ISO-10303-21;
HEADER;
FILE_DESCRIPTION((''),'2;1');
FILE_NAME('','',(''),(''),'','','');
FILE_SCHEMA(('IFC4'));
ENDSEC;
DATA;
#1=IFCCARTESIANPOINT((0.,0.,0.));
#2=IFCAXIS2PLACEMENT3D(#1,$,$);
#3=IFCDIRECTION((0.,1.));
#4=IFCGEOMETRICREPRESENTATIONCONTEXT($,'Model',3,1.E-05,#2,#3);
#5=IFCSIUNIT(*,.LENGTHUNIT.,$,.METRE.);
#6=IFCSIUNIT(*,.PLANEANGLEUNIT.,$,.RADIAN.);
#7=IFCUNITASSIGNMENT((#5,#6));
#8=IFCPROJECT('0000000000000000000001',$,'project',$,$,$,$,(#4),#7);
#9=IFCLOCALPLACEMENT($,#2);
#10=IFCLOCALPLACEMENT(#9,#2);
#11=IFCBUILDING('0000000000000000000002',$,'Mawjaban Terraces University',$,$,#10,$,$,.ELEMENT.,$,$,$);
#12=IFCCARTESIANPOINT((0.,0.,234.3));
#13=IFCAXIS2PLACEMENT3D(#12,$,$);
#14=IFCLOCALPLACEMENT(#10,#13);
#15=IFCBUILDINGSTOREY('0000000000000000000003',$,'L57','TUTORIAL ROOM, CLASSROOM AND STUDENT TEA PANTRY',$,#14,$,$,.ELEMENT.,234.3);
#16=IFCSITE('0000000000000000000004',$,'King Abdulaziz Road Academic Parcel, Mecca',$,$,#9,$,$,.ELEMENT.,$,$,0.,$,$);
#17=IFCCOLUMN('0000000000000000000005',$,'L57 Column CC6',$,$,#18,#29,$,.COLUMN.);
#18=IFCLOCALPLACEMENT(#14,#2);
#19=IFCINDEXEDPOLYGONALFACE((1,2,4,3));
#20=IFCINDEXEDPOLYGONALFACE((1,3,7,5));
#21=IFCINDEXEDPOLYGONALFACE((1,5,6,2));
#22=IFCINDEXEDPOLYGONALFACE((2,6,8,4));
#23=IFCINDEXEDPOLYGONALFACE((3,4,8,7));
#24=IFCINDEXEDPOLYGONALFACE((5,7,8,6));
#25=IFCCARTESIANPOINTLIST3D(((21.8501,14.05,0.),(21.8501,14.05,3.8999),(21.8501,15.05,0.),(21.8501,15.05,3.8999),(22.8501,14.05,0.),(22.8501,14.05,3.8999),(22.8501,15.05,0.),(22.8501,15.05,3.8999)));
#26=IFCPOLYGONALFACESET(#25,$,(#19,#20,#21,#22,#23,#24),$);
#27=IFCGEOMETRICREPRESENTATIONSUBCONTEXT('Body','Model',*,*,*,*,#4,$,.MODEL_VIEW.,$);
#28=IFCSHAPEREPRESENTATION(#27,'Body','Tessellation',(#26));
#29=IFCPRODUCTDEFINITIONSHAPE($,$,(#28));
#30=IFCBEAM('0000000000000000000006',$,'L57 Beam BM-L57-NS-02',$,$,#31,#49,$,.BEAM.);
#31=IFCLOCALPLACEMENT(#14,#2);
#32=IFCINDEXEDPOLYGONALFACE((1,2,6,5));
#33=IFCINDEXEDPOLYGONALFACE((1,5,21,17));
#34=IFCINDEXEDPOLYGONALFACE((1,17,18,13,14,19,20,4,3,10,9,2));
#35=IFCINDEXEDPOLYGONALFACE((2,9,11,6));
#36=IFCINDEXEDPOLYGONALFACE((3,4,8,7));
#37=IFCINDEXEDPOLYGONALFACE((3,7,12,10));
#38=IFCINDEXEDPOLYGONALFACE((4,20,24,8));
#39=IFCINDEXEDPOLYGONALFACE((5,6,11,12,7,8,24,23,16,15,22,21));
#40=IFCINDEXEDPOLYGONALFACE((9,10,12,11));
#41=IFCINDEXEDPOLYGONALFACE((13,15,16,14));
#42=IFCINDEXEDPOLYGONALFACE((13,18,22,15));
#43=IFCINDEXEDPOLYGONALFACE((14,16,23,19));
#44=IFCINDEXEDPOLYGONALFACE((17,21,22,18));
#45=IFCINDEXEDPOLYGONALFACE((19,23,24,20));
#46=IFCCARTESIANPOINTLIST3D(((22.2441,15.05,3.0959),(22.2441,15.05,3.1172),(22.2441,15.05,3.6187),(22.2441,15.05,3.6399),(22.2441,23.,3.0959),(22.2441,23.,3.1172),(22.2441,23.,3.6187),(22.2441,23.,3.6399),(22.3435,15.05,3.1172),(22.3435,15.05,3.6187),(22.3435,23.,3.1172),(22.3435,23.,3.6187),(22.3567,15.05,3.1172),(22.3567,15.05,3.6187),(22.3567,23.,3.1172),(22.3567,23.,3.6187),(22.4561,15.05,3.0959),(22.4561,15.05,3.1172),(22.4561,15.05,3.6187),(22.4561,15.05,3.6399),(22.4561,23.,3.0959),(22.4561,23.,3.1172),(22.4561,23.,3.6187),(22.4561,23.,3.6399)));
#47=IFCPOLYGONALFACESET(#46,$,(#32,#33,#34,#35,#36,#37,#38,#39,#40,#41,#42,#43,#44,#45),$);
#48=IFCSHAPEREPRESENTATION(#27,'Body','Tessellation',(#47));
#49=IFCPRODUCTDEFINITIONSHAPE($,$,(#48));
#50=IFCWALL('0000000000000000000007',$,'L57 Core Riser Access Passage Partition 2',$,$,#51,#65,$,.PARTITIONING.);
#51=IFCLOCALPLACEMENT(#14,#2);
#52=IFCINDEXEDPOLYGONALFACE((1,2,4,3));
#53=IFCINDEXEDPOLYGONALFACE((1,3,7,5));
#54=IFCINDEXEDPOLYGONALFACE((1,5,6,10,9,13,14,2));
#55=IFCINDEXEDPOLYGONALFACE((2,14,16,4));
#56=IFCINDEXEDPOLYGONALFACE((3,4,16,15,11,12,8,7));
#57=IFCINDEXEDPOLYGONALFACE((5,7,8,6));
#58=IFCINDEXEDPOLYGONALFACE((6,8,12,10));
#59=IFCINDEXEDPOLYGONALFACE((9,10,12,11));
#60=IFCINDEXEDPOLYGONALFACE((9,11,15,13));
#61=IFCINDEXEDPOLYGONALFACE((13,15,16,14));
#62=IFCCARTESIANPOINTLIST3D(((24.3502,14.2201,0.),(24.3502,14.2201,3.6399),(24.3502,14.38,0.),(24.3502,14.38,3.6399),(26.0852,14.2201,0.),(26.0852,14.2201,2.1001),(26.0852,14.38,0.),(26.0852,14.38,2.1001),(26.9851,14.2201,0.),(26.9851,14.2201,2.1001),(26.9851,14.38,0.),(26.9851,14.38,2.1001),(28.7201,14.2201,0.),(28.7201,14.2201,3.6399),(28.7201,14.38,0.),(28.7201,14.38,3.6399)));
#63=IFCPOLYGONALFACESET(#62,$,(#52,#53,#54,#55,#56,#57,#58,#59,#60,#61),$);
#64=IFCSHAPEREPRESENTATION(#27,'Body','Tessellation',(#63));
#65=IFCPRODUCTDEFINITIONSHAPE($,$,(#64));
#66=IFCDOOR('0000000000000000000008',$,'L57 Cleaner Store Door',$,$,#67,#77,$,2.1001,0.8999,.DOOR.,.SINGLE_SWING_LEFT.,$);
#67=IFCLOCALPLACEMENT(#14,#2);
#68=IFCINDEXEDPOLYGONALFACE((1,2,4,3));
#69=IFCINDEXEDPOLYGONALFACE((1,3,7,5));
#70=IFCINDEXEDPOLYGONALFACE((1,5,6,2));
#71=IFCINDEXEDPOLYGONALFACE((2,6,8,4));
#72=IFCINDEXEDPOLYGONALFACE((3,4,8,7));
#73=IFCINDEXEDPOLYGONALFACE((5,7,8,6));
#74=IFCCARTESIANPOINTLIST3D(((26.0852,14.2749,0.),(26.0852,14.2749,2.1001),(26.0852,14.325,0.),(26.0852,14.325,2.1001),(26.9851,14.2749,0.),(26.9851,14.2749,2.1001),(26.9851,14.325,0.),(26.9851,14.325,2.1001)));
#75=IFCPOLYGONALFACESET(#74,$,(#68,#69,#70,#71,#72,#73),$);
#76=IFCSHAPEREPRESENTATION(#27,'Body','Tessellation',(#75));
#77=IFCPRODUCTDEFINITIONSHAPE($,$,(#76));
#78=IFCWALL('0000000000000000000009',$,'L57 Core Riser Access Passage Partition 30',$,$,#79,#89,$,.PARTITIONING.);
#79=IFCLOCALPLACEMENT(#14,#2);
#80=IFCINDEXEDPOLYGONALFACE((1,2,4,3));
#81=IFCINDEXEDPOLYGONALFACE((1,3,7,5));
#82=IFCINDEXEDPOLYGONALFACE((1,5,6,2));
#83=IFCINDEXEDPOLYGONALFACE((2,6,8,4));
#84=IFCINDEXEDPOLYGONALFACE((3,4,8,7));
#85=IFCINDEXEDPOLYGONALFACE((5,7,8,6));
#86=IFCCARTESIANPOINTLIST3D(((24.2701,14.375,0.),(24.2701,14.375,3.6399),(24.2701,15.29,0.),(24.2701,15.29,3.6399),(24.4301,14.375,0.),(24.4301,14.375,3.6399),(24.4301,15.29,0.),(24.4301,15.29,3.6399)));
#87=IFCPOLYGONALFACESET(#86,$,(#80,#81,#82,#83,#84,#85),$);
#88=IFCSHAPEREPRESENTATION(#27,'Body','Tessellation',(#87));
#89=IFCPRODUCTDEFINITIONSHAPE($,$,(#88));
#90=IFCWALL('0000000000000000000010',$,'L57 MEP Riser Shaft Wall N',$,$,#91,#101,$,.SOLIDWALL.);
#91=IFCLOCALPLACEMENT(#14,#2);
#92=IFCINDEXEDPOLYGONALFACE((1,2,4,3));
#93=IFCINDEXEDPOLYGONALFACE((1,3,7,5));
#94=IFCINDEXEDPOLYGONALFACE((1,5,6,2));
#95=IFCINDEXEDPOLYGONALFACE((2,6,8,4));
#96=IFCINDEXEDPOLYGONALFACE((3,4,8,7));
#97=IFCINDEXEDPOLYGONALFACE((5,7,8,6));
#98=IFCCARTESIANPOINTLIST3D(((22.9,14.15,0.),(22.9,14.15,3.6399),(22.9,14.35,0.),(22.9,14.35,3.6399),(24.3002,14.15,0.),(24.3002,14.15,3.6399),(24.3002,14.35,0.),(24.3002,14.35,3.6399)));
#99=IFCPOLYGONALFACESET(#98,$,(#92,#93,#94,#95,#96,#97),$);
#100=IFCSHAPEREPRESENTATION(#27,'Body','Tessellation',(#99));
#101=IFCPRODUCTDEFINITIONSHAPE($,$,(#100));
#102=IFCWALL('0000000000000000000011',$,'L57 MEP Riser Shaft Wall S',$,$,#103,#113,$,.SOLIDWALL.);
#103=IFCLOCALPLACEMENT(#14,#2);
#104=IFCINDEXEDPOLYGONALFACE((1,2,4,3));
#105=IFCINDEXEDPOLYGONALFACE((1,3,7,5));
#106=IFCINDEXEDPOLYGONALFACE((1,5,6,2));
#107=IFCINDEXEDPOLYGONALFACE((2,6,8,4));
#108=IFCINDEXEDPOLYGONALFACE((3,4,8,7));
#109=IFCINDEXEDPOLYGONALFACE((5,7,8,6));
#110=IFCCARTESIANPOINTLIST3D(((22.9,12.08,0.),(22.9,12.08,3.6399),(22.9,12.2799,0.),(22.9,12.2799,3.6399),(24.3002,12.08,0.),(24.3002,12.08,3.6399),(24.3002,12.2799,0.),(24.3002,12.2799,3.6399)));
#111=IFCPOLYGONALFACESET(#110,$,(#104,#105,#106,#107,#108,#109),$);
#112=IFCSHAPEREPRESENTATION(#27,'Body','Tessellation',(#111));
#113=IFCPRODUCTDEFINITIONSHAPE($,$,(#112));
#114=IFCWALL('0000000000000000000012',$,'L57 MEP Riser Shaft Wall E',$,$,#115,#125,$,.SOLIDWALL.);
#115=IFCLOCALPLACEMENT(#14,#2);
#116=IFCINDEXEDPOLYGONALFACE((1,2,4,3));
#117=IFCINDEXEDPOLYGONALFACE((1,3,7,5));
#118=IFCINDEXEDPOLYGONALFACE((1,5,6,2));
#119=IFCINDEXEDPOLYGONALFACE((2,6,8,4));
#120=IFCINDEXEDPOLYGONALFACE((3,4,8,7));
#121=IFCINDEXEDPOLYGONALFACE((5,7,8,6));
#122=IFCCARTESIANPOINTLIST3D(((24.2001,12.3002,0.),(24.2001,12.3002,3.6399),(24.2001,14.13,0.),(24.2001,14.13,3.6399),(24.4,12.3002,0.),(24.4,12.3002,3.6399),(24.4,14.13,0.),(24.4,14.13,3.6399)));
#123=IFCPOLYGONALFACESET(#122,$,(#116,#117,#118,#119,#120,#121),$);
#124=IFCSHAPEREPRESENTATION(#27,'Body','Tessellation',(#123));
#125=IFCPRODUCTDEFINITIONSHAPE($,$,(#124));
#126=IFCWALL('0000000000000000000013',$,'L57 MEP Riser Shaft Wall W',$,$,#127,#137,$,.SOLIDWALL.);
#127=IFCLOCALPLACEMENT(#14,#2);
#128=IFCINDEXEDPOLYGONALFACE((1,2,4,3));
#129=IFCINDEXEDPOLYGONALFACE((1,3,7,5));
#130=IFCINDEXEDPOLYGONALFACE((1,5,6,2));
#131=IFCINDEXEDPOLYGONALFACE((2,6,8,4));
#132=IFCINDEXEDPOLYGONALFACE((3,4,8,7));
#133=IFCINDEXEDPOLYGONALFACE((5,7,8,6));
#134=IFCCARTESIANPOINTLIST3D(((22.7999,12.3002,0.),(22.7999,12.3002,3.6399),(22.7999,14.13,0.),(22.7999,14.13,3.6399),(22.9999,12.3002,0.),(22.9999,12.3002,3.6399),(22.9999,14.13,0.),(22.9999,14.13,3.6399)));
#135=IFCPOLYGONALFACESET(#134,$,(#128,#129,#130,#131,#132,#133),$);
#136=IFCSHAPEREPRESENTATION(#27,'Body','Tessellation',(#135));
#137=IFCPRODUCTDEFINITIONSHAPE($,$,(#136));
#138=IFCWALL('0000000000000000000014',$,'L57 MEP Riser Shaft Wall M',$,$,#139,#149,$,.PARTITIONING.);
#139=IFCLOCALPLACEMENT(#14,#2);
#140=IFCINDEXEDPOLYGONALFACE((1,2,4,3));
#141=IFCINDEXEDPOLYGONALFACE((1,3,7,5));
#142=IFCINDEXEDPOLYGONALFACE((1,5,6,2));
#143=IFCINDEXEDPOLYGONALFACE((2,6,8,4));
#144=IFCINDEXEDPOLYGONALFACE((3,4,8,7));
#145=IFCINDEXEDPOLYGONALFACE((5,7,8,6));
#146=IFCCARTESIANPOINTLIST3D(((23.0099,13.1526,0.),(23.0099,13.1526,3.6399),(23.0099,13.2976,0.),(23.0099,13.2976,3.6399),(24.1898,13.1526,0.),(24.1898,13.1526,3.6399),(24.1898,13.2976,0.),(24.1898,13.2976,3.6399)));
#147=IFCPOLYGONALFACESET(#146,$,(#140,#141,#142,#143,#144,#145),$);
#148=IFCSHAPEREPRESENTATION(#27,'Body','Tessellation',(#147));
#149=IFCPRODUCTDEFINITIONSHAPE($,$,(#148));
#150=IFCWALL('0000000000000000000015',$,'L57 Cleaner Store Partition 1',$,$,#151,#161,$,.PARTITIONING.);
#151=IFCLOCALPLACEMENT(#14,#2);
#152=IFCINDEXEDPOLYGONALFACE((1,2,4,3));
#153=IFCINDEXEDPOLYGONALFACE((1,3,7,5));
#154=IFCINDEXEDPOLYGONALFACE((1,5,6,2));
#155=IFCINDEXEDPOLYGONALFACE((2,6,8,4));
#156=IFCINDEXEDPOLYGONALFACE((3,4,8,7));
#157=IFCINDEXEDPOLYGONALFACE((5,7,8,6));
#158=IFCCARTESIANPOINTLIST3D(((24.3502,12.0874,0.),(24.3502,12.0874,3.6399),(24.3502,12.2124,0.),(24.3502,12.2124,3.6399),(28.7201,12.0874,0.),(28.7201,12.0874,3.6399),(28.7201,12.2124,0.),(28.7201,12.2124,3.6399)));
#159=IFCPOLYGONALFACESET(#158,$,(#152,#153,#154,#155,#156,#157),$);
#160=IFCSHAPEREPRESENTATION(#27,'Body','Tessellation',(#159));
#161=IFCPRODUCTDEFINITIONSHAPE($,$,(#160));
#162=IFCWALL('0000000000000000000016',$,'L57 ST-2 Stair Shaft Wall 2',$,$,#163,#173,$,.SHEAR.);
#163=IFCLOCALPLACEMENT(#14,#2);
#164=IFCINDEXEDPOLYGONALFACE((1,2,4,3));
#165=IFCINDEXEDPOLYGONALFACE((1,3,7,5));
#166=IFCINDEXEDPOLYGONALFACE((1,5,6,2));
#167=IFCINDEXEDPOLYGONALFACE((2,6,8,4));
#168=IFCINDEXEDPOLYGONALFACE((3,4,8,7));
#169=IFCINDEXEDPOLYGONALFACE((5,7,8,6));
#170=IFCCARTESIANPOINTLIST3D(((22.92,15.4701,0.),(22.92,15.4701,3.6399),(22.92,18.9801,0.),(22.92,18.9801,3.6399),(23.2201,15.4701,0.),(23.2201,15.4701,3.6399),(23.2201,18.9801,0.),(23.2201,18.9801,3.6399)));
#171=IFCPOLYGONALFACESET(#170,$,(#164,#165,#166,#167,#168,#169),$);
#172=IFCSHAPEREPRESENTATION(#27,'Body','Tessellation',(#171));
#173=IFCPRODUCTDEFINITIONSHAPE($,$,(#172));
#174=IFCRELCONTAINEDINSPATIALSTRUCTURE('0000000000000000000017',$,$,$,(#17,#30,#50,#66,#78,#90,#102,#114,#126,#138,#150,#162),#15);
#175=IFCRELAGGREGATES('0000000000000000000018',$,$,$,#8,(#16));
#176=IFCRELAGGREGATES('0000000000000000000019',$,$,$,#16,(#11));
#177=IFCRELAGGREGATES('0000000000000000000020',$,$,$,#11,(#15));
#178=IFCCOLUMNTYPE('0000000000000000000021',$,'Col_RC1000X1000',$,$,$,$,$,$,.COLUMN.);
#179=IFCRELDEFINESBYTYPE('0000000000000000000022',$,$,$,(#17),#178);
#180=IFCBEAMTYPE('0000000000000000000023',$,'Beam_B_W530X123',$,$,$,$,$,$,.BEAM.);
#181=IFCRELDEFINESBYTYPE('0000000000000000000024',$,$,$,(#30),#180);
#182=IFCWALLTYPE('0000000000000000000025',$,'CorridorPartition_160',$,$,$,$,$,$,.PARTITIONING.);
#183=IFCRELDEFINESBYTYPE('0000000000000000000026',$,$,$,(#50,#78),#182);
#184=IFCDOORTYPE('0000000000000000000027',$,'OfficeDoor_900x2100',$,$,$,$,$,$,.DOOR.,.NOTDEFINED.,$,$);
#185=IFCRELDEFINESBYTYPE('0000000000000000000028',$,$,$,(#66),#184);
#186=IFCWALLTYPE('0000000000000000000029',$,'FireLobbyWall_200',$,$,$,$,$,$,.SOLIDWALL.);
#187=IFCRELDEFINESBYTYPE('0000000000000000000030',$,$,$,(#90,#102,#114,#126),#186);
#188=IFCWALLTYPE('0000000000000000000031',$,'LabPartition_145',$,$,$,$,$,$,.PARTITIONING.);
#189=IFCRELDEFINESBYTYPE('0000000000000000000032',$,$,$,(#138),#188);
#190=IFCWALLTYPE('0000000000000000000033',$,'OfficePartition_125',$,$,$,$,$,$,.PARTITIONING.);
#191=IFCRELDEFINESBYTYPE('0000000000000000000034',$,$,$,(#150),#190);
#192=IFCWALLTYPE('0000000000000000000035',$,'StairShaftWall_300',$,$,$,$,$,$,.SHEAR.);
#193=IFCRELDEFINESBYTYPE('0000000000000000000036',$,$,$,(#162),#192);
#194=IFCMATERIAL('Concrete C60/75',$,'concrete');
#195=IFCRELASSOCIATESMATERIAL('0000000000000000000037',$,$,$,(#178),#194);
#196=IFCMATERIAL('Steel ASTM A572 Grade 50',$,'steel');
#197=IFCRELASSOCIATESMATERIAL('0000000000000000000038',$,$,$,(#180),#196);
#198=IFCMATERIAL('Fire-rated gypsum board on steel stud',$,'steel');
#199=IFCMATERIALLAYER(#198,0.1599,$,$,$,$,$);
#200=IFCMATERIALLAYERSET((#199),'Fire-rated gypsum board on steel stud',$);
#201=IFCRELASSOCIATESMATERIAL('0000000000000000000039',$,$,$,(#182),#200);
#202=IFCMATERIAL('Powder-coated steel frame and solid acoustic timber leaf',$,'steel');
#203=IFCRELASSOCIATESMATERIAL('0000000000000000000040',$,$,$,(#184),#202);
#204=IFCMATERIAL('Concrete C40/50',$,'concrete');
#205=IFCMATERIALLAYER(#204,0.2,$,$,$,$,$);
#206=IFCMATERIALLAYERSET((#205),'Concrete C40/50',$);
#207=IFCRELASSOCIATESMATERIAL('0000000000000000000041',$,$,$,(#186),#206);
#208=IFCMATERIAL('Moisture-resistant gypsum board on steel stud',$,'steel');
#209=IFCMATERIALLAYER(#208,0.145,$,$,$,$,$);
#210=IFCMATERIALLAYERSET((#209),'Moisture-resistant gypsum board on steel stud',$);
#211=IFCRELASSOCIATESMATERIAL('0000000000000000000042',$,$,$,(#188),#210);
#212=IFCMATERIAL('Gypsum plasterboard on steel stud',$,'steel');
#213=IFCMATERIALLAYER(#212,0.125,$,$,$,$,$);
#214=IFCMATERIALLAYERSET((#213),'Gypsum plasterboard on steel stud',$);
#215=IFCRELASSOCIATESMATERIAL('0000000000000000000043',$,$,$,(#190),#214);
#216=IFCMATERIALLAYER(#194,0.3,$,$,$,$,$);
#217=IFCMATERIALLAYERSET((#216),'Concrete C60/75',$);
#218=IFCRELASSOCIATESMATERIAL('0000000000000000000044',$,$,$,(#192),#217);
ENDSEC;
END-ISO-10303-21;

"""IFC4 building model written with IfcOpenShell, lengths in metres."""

from ifc_helpers import new_model, si_unit, direction, frame, frame_2d, origin, origin_2d, place, context, subcontext, project, spatial, rectangle, i_section, extrude, material, layer, layer_set, material_profile, profile_set, type_object, element, fill, save


model = new_model("IFC4")

# Units and contexts
model_context = context("Model", 3, precision=1e-05, world=origin(), true_north=direction((0.0, 1.0)))
body_context = subcontext(model_context, "Body", "Model", "MODEL_VIEW")
ifc_project = project(units=[si_unit("LENGTHUNIT", "METRE"), si_unit("PLANEANGLEUNIT", "RADIAN")], contexts=[model_context])

# Site, building, storey
site_placement = place(None, origin())
site = spatial("IfcSite", under=ifc_project, at=site_placement, Name="King Abdulaziz Road Academic Parcel, Mecca", CompositionType="ELEMENT", RefElevation=0.0)
building_placement = place(site_placement, origin())
building = spatial("IfcBuilding", under=site, at=building_placement, Name="Mawjaban Terraces University", CompositionType="ELEMENT")
storey_placement = place(building_placement, frame((0.0, 0.0, 234.3)))
storey = spatial("IfcBuildingStorey", under=building, at=storey_placement, Name="L57", Description="TUTORIAL ROOM, CLASSROOM AND STUDENT TEA PANTRY", CompositionType="ELEMENT", Elevation=234.3)

# Column
ifc_material_1 = material(Name="Concrete C60/75", Category="concrete")
ifc_material_profile_1 = material_profile(ifc_material_1, rectangle(XDim=1.0, YDim=1.0, at=origin_2d()), Name="RC1000X1000")
ifc_profile_set_1 = profile_set([ifc_material_profile_1], Name="Concrete C60/75")
column_type = type_object("IfcColumnType", Name="Col_RC1000X1000", PredefinedType="COLUMN", material=ifc_profile_set_1)
column_placement = place(storey_placement, frame((22.3501, 14.55, 0.0), z_axis=(0.0, 0.0, 1.0), x_axis=(1.0, 0.0, 0.0)))
element("IfcColumn", 1, at=column_placement, inside=storey, type_object=column_type, Name="L57 Column CC6", PredefinedType="COLUMN", context=body_context, shape_type="SweptSolid", body=[
    extrude(rectangle(XDim=1.0, YDim=1.0, at=origin_2d()), origin(), (0.0, 0.0, 1.0), 3.8999),
])

# Beam
ifc_material_2 = material(Name="Steel ASTM A572 Grade 50", Category="steel")
ifc_material_profile_2 = material_profile(ifc_material_2, i_section(OverallWidth=0.2119, OverallDepth=0.5439, WebThickness=0.0132, FlangeThickness=0.0212, at=origin_2d()), Name="W530X123")
ifc_profile_set_2 = profile_set([ifc_material_profile_2], Name="Steel ASTM A572 Grade 50")
beam_type = type_object("IfcBeamType", Name="Beam_B_W530X123", PredefinedType="BEAM", material=ifc_profile_set_2)
beam_placement = place(storey_placement, frame((22.3501, 15.05, 3.3679), z_axis=(0.0, 1.0, 0.0), x_axis=(-1.0, 0.0, 0.0)))
element("IfcBeam", 2, at=beam_placement, inside=storey, type_object=beam_type, Name="L57 Beam BM-L57-NS-02", PredefinedType="BEAM", context=body_context, shape_type="SweptSolid", body=[
    extrude(i_section(OverallWidth=0.2119, OverallDepth=0.5439, WebThickness=0.0132, FlangeThickness=0.0212, at=origin_2d()), origin(), (0.0, 0.0, 1.0), 7.95),
])

# Wall, opening, door
ifc_material_3 = material(Name="Fire-rated gypsum board on steel stud", Category="steel")
ifc_layer_1 = layer(ifc_material_3, 0.1599)
ifc_layer_set_1 = layer_set([ifc_layer_1], Name="Fire-rated gypsum board on steel stud")
wall_type_1 = type_object("IfcWallType", Name="CorridorPartition_160", PredefinedType="PARTITIONING", material=ifc_layer_set_1)
wall_1_placement = place(storey_placement, frame((24.3501, 14.3, 0.0), z_axis=(0.0, 0.0, 1.0), x_axis=(1.0, 0.0, 0.0)))
wall_1 = element("IfcWall", 3, at=wall_1_placement, inside=storey, type_object=wall_type_1, Name="L57 Core Riser Access Passage Partition 2", PredefinedType="PARTITIONING", context=body_context, shape_type="SweptSolid", body=[
    extrude(rectangle(XDim=4.3699, YDim=0.1599, at=frame_2d((2.1851, 0.0))), origin(), (0.0, 0.0, 1.0), 3.6399),
])
opening_placement = place(wall_1_placement, frame((1.7351, 0.0, 0.0)))
opening = element("IfcOpeningElement", 4, at=opening_placement, cuts=wall_1, PredefinedType="OPENING", context=body_context, shape_type="SweptSolid", body=[
    extrude(rectangle(XDim=0.8999, YDim=2.1001, at=frame_2d((0.45, 1.05))), frame((0.0, 0.0898, 0.0), z_axis=(0.0, -1.0, 0.0), x_axis=(1.0, 0.0, 0.0)), (0.0, 0.0, 1.0), 0.1799),
])
ifc_material_4 = material(Name="Powder-coated steel frame and solid acoustic timber leaf", Category="steel")
door_type = type_object("IfcDoorType", Name="OfficeDoor_900x2100", OperationType="NOTDEFINED", PredefinedType="DOOR", material=ifc_material_4)
door_placement = place(opening_placement, origin())
door = element("IfcDoor", 5, at=door_placement, inside=storey, type_object=door_type, Name="L57 Cleaner Store Door", OperationType="SINGLE_SWING_LEFT", OverallHeight=2.1001, OverallWidth=0.8999, PredefinedType="DOOR", context=body_context, shape_type="SweptSolid", body=[
    extrude(rectangle(XDim=0.8999, YDim=2.1001, at=frame_2d((0.45, 1.05))), frame((0.0, 0.0249, 0.0), z_axis=(0.0, -1.0, 0.0), x_axis=(1.0, 0.0, 0.0)), (0.0, 0.0, 1.0), 0.05),
])
fill(opening, door)

# Walls
wall_2_placement = place(storey_placement, frame((24.3501, 15.29, 0.0), z_axis=(0.0, 0.0, 1.0), x_axis=(0.0, -1.0, 0.0)))
element("IfcWall", 6, at=wall_2_placement, inside=storey, type_object=wall_type_1, Name="L57 Core Riser Access Passage Partition 30", PredefinedType="PARTITIONING", context=body_context, shape_type="SweptSolid", body=[
    extrude(rectangle(XDim=0.915, YDim=0.1599, at=frame_2d((0.4575, 0.0))), origin(), (0.0, 0.0, 1.0), 3.6399),
])
ifc_material_5 = material(Name="Concrete C40/50", Category="concrete")
ifc_layer_2 = layer(ifc_material_5, 0.2)
ifc_layer_set_2 = layer_set([ifc_layer_2], Name="Concrete C40/50")
wall_type_2 = type_object("IfcWallType", Name="FireLobbyWall_200", PredefinedType="SOLIDWALL", material=ifc_layer_set_2)
for number, where, z_axis, x_axis, name in (
    (7, (22.8999, 14.25, 0.0), (0.0, 0.0, 1.0), (1.0, 0.0, 0.0), "L57 MEP Riser Shaft Wall N"),
    (8, (22.8999, 12.1799, 0.0), (0.0, 0.0, 1.0), (1.0, 0.0, 0.0), "L57 MEP Riser Shaft Wall S"),
):
    element("IfcWall", number, at=place(storey_placement, frame(where, z_axis=z_axis, x_axis=x_axis)), inside=storey, type_object=wall_type_2, Name=name, PredefinedType="SOLIDWALL", context=body_context, shape_type="SweptSolid", body=[
        extrude(rectangle(XDim=1.4001, YDim=0.2, at=frame_2d((0.7002, 0.0))), origin(), (0.0, 0.0, 1.0), 3.6399),
    ])
for number, where, z_axis, x_axis, name in (
    (9, (24.3, 12.3, 0.0), (0.0, 0.0, 1.0), (0.0, 1.0, 0.0), "L57 MEP Riser Shaft Wall E"),
    (10, (22.8999, 12.3, 0.0), (0.0, 0.0, 1.0), (0.0, 1.0, 0.0), "L57 MEP Riser Shaft Wall W"),
):
    element("IfcWall", number, at=place(storey_placement, frame(where, z_axis=z_axis, x_axis=x_axis)), inside=storey, type_object=wall_type_2, Name=name, PredefinedType="SOLIDWALL", context=body_context, shape_type="SweptSolid", body=[
        extrude(rectangle(XDim=1.8298, YDim=0.2, at=frame_2d((0.915, 0.0))), origin(), (0.0, 0.0, 1.0), 3.6399),
    ])
ifc_material_6 = material(Name="Moisture-resistant gypsum board on steel stud", Category="steel")
ifc_layer_3 = layer(ifc_material_6, 0.145)
ifc_layer_set_3 = layer_set([ifc_layer_3], Name="Moisture-resistant gypsum board on steel stud")
wall_type_3 = type_object("IfcWallType", Name="LabPartition_145", PredefinedType="PARTITIONING", material=ifc_layer_set_3)
wall_3_placement = place(storey_placement, frame((23.01, 13.2251, 0.0), z_axis=(0.0, 0.0, 1.0), x_axis=(1.0, 0.0, 0.0)))
element("IfcWall", 11, at=wall_3_placement, inside=storey, type_object=wall_type_3, Name="L57 MEP Riser Shaft Wall M", PredefinedType="PARTITIONING", context=body_context, shape_type="SweptSolid", body=[
    extrude(rectangle(XDim=1.1799, YDim=0.145, at=frame_2d((0.5898, 0.0))), origin(), (0.0, 0.0, 1.0), 3.6399),
])
ifc_material_7 = material(Name="Gypsum plasterboard on steel stud", Category="steel")
ifc_layer_4 = layer(ifc_material_7, 0.125)
ifc_layer_set_4 = layer_set([ifc_layer_4], Name="Gypsum plasterboard on steel stud")
wall_type_4 = type_object("IfcWallType", Name="OfficePartition_125", PredefinedType="PARTITIONING", material=ifc_layer_set_4)
wall_4_placement = place(storey_placement, frame((24.3501, 12.1499, 0.0), z_axis=(0.0, 0.0, 1.0), x_axis=(1.0, 0.0, 0.0)))
element("IfcWall", 12, at=wall_4_placement, inside=storey, type_object=wall_type_4, Name="L57 Cleaner Store Partition 1", PredefinedType="PARTITIONING", context=body_context, shape_type="SweptSolid", body=[
    extrude(rectangle(XDim=4.3699, YDim=0.125, at=frame_2d((2.1851, 0.0))), origin(), (0.0, 0.0, 1.0), 3.6399),
])
ifc_layer_5 = layer(ifc_material_1, 0.3)
ifc_layer_set_5 = layer_set([ifc_layer_5], Name="Concrete C60/75")
wall_type_5 = type_object("IfcWallType", Name="StairShaftWall_300", PredefinedType="SHEAR", material=ifc_layer_set_5)
wall_5_placement = place(storey_placement, frame((23.0701, 18.98, 0.0), z_axis=(0.0, 0.0, 1.0), x_axis=(0.0, -1.0, 0.0)))
element("IfcWall", 13, at=wall_5_placement, inside=storey, type_object=wall_type_5, Name="L57 ST-2 Stair Shaft Wall 2", PredefinedType="SHEAR", context=body_context, shape_type="SweptSolid", body=[
    extrude(rectangle(XDim=3.51, YDim=0.3, at=frame_2d((1.7549, 0.0))), origin(), (0.0, 0.0, 1.0), 3.6399),
])

save(model, "model.ifc")
